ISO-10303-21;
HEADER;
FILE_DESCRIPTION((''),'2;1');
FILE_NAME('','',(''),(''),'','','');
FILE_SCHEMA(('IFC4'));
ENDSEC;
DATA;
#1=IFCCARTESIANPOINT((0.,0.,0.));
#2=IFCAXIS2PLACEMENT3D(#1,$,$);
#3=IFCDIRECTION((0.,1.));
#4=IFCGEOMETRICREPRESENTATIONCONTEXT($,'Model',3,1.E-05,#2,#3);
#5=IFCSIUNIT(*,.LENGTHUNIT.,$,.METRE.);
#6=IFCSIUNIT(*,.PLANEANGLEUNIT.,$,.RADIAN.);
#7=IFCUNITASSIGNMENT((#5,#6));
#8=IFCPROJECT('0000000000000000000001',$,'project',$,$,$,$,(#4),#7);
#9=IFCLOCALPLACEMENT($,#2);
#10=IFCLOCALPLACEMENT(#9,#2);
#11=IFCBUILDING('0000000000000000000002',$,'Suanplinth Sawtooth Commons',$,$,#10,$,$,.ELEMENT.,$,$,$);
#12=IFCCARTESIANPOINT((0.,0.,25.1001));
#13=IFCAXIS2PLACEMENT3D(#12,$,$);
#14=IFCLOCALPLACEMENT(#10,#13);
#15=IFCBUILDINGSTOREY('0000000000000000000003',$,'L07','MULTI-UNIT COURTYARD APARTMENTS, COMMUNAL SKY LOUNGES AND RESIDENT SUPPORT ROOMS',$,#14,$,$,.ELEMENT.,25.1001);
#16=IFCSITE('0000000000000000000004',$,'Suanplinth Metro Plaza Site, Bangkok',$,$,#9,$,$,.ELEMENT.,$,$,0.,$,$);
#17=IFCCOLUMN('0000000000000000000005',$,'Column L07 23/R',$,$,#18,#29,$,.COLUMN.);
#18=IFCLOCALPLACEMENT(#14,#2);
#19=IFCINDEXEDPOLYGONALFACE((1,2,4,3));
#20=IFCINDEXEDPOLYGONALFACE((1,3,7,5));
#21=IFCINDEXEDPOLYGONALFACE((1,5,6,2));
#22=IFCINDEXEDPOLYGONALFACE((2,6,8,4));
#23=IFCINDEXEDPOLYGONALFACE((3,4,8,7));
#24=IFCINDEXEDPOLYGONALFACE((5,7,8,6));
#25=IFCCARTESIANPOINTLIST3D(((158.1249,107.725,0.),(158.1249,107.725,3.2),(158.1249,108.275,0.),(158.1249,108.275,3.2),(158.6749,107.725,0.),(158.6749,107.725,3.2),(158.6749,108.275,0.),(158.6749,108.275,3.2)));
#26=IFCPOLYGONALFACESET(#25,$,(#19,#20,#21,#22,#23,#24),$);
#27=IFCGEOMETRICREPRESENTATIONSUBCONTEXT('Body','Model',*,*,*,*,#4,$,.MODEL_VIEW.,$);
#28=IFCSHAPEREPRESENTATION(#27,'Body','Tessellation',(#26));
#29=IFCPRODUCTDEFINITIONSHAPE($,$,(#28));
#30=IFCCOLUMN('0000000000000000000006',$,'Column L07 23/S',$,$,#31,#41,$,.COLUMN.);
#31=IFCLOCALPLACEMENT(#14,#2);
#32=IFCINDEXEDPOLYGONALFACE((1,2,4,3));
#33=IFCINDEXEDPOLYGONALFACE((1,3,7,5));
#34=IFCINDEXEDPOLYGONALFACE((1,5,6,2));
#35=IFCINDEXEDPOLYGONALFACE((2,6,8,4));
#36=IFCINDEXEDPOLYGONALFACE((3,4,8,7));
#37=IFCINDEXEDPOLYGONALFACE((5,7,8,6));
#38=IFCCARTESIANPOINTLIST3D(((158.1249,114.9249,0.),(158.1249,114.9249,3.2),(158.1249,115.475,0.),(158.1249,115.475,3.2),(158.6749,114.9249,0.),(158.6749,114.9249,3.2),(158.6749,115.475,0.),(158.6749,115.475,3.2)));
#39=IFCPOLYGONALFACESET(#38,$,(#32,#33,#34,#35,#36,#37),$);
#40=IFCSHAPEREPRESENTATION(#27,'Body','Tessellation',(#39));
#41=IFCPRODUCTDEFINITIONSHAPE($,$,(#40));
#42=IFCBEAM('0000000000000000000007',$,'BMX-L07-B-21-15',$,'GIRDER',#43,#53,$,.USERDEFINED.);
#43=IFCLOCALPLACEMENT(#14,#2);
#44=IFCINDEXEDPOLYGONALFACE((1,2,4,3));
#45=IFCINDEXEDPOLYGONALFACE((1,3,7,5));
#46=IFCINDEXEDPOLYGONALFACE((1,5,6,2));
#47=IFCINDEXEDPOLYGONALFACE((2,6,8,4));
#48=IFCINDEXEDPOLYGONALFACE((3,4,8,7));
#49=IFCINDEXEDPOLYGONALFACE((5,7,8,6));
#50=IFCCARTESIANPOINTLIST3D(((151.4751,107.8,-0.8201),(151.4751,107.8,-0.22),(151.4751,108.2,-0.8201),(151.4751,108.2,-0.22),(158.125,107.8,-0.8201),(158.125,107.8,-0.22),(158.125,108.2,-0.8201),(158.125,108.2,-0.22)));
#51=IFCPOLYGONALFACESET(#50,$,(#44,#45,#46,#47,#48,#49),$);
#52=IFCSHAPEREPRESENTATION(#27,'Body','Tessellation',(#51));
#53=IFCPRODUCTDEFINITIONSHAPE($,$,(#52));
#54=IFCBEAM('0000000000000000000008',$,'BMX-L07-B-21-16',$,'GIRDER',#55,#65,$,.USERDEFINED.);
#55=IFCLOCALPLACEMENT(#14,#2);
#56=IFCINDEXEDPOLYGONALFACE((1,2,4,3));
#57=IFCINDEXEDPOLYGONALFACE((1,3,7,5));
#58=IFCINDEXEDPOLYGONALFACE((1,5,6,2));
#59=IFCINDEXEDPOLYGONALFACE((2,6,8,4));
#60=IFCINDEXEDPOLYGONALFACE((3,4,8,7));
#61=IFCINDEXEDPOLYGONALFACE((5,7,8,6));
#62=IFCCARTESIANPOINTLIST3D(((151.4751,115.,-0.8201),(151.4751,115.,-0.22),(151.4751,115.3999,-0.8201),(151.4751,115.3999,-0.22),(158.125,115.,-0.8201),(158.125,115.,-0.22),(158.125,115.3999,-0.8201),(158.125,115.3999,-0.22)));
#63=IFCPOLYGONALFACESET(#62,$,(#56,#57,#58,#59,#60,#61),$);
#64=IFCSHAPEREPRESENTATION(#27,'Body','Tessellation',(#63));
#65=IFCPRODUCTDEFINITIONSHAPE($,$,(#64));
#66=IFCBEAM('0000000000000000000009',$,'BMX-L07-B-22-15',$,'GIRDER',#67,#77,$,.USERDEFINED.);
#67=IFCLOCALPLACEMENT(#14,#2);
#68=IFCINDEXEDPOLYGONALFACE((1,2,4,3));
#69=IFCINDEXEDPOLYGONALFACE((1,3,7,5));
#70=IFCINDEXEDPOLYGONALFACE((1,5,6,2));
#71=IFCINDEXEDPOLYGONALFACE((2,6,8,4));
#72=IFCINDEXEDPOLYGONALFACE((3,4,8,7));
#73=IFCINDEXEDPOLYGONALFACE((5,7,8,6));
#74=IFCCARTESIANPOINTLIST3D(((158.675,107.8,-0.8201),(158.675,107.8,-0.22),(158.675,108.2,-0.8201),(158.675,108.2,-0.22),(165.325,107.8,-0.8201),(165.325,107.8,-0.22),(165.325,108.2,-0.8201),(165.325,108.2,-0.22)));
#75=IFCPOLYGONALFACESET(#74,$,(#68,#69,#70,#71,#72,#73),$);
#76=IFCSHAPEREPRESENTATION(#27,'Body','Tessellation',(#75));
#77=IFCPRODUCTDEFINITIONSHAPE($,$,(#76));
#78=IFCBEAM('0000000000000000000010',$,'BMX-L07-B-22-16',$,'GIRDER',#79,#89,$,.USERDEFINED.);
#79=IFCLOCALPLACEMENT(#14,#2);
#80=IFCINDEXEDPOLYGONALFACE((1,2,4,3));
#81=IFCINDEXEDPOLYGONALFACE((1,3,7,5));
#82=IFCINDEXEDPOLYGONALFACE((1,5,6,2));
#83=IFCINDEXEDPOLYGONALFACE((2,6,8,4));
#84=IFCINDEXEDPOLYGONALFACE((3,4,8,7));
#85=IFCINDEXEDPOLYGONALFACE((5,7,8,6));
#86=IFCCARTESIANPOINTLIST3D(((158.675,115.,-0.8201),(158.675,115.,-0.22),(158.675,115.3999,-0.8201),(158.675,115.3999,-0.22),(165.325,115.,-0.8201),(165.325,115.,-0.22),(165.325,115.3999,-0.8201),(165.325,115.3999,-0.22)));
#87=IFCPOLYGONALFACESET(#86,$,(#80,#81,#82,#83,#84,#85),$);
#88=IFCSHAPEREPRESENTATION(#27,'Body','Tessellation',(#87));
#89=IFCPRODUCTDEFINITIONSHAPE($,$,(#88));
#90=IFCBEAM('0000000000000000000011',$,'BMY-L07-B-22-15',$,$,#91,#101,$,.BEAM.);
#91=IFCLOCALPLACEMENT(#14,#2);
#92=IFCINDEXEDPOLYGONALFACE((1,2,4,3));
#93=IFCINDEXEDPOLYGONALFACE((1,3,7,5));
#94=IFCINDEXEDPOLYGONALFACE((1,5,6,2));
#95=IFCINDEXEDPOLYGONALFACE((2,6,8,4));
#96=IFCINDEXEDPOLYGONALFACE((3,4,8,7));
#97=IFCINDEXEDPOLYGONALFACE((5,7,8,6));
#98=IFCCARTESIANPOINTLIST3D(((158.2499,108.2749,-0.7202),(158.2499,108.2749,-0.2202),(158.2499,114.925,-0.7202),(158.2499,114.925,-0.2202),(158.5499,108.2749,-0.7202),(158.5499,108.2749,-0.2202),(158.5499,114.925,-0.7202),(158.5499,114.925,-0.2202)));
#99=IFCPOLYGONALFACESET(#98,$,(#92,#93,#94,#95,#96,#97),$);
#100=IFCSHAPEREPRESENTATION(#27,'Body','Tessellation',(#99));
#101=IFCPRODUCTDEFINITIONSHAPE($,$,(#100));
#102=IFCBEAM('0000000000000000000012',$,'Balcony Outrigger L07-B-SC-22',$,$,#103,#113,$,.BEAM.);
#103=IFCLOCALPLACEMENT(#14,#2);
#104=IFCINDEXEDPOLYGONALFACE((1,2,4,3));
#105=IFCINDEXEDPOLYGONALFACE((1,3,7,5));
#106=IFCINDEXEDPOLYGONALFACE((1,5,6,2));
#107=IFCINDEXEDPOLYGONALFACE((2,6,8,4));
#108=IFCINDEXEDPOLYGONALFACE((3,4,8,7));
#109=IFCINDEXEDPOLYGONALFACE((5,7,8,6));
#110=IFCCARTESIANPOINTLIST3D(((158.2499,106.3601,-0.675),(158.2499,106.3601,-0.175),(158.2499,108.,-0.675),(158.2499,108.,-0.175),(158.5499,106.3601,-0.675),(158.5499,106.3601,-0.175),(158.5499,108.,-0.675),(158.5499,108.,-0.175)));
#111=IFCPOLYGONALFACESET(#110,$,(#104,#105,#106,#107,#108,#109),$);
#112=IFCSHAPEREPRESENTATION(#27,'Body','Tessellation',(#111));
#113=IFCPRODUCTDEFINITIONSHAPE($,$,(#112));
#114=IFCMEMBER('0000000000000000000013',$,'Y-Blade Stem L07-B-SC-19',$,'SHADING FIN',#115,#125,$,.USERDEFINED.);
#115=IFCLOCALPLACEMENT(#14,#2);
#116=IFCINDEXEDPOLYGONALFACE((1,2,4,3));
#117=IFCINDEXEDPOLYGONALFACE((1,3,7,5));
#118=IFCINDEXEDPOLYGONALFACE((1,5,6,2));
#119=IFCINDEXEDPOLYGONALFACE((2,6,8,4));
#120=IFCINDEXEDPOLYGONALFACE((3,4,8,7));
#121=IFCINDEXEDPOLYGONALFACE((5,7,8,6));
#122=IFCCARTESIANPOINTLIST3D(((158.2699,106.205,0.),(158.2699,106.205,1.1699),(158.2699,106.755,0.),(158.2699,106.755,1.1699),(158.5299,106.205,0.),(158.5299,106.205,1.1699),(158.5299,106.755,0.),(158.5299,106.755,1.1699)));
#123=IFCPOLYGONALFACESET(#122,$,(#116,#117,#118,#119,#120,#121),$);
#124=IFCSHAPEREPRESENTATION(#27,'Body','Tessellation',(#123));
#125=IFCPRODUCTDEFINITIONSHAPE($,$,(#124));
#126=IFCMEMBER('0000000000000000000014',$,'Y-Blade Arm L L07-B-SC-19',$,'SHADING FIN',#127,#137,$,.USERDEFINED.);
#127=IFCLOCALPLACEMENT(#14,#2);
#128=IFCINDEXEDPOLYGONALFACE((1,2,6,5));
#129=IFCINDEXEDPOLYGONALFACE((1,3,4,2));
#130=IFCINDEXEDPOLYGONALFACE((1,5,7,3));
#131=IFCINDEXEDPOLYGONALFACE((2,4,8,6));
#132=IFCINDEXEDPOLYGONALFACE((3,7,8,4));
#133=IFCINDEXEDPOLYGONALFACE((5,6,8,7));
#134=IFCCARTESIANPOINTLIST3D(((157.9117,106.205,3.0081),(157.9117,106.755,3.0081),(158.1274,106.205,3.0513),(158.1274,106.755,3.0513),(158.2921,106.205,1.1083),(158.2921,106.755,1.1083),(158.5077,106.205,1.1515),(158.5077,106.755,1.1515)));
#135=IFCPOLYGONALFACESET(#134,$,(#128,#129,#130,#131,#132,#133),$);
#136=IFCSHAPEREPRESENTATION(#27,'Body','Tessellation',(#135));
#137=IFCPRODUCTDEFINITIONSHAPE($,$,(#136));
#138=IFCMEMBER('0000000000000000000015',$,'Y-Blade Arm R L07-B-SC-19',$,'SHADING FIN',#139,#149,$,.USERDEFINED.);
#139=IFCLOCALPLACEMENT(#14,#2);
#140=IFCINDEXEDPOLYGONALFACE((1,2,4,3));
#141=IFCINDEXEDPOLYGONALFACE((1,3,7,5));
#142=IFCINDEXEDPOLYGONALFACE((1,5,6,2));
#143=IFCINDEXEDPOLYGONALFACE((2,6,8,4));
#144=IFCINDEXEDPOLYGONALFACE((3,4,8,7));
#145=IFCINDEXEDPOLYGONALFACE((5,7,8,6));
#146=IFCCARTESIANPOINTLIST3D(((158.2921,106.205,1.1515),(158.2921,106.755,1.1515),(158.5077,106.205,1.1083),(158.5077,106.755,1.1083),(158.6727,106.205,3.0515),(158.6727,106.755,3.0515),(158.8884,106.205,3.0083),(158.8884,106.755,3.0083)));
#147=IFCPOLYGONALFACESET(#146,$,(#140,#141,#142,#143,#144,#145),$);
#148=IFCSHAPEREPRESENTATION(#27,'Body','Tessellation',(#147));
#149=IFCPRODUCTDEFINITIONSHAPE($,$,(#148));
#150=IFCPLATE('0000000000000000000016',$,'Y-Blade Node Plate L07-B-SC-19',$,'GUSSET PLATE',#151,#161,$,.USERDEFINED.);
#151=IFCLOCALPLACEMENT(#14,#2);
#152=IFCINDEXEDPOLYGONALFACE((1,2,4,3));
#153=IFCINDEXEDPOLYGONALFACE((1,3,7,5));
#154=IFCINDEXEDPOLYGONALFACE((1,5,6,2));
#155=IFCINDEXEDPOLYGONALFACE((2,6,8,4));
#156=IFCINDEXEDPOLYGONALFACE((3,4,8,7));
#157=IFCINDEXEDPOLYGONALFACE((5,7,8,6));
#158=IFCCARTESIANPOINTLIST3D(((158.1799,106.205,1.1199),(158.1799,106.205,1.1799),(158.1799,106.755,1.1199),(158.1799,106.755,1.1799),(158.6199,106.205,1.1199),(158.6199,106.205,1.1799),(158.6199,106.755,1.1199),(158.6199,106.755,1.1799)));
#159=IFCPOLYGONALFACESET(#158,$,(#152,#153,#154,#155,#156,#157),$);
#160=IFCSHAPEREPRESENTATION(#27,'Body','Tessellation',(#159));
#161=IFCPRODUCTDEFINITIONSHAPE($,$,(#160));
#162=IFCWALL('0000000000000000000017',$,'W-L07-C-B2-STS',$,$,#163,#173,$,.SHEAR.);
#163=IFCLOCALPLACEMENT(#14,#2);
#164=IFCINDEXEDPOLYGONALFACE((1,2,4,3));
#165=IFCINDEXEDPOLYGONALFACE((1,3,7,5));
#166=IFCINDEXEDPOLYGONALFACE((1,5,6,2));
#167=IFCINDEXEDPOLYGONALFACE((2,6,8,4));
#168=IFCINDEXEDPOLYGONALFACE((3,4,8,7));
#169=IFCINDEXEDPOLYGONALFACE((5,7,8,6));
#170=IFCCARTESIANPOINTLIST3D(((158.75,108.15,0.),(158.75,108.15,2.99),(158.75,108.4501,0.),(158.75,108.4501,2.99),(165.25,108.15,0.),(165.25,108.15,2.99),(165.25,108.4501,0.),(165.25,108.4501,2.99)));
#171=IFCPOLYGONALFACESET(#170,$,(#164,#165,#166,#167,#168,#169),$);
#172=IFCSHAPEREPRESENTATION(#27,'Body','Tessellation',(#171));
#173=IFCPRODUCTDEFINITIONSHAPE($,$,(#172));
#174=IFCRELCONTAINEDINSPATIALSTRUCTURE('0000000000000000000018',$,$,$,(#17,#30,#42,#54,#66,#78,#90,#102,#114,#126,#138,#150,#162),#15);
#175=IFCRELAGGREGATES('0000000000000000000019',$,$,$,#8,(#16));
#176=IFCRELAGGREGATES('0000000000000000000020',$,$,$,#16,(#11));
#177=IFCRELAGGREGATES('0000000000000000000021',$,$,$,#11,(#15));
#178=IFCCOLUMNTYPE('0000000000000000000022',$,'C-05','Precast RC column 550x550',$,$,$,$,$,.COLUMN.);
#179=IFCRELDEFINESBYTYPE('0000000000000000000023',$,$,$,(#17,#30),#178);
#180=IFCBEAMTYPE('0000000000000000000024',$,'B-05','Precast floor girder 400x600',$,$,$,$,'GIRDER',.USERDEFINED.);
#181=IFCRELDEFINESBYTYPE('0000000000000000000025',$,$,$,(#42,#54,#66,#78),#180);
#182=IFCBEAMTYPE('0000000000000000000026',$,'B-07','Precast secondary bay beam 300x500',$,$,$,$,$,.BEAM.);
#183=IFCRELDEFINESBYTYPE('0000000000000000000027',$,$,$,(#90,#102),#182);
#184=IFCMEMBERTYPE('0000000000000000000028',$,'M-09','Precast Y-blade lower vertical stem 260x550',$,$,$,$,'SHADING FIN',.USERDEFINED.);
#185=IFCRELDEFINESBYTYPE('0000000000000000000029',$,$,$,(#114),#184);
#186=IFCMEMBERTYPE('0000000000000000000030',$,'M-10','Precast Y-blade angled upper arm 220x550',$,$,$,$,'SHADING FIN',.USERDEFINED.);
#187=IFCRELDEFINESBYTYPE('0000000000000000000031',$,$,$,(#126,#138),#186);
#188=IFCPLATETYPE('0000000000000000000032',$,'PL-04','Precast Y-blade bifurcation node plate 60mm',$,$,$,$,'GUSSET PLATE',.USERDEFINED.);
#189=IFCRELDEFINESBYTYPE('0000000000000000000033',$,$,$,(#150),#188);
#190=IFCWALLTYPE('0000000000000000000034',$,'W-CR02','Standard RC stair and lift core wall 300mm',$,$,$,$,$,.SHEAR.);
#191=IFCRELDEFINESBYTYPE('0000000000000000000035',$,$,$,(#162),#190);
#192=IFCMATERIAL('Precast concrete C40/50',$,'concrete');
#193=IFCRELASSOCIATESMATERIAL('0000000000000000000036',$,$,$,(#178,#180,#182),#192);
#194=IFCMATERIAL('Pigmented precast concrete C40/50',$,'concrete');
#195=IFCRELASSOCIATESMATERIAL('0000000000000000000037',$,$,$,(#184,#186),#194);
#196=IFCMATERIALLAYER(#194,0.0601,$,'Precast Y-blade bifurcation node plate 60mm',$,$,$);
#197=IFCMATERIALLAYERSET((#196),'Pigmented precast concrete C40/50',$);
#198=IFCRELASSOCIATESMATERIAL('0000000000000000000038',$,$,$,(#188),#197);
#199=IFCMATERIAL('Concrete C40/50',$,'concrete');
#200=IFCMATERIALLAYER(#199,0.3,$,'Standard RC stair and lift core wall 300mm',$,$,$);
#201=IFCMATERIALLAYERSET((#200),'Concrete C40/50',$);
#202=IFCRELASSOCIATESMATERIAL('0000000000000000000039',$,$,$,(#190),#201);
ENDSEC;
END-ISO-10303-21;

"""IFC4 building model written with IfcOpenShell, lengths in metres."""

from ifc_helpers import new_model, si_unit, direction, frame, frame_2d, origin, origin_2d, place, context, subcontext, project, spatial, rectangle, extrude, material, layer, layer_set, material_profile, profile_set, type_object, element, save


model = new_model("IFC4")

# Units and contexts
model_context = context("Model", 3, precision=1e-05, world=origin(), true_north=direction((0.0, 1.0)))
body_context = subcontext(model_context, "Body", "Model", "MODEL_VIEW")
ifc_project = project(units=[si_unit("LENGTHUNIT", "METRE"), si_unit("PLANEANGLEUNIT", "RADIAN")], contexts=[model_context])

# Site, building, storey
site_placement = place(None, origin())
site = spatial("IfcSite", under=ifc_project, at=site_placement, Name="Suanplinth Metro Plaza Site, Bangkok", CompositionType="ELEMENT", RefElevation=0.0)
building_placement = place(site_placement, origin())
building = spatial("IfcBuilding", under=site, at=building_placement, Name="Suanplinth Sawtooth Commons", CompositionType="ELEMENT")
storey_placement = place(building_placement, frame((0.0, 0.0, 25.1001)))
storey = spatial("IfcBuildingStorey", under=building, at=storey_placement, Name="L07", Description="MULTI-UNIT COURTYARD APARTMENTS, COMMUNAL SKY LOUNGES AND RESIDENT SUPPORT ROOMS", CompositionType="ELEMENT", Elevation=25.1001)

# Columns
ifc_material_1 = material(Name="Precast concrete C40/50", Category="concrete")
ifc_material_profile_1 = material_profile(ifc_material_1, rectangle(XDim=0.55, YDim=0.55, at=origin_2d()), Name="PC-COL 550x550")
ifc_profile_set_1 = profile_set([ifc_material_profile_1], Name="Precast concrete C40/50")
column_type = type_object("IfcColumnType", Name="C-05", Description="Precast RC column 550x550", PredefinedType="COLUMN", material=ifc_profile_set_1)
for number, where, z_axis, x_axis, name in (
    (1, (158.3999, 108.0, 0.0), (0.0, 0.0, 1.0), (1.0, 0.0, 0.0), "Column L07 23/R"),
    (2, (158.3999, 115.2, 0.0), (0.0, 0.0, 1.0), (1.0, 0.0, 0.0), "Column L07 23/S"),
):
    element("IfcColumn", number, at=place(storey_placement, frame(where, z_axis=z_axis, x_axis=x_axis)), inside=storey, type_object=column_type, Name=name, PredefinedType="COLUMN", context=body_context, shape_type="SweptSolid", body=[
        extrude(rectangle(XDim=0.55, YDim=0.55, at=origin_2d()), origin(), (0.0, 0.0, 1.0), 3.2),
    ])

# Beams
ifc_material_profile_2 = material_profile(ifc_material_1, rectangle(XDim=0.3999, YDim=0.6001, at=origin_2d()), Name="PC-GDR 400x600")
ifc_profile_set_2 = profile_set([ifc_material_profile_2], Name="Precast concrete C40/50")
beam_type_1 = type_object("IfcBeamType", Name="B-05", Description="Precast floor girder 400x600", ElementType="GIRDER", PredefinedType="USERDEFINED", material=ifc_profile_set_2)
for number, where, z_axis, x_axis, name in (
    (3, (151.4751, 108.0, -0.52), (1.0, 0.0, 0.0), (0.0, 1.0, 0.0), "BMX-L07-B-21-15"),
    (4, (151.4751, 115.2, -0.52), (1.0, 0.0, 0.0), (0.0, 1.0, 0.0), "BMX-L07-B-21-16"),
    (5, (158.675, 108.0, -0.52), (1.0, 0.0, 0.0), (0.0, 1.0, 0.0), "BMX-L07-B-22-15"),
    (6, (158.675, 115.2, -0.52), (1.0, 0.0, 0.0), (0.0, 1.0, 0.0), "BMX-L07-B-22-16"),
):
    element("IfcBeam", number, at=place(storey_placement, frame(where, z_axis=z_axis, x_axis=x_axis)), inside=storey, type_object=beam_type_1, Name=name, ObjectType="GIRDER", PredefinedType="USERDEFINED", context=body_context, shape_type="SweptSolid", body=[
        extrude(rectangle(XDim=0.3999, YDim=0.6001, at=origin_2d()), origin(), (0.0, 0.0, 1.0), 6.6499),
    ])
ifc_material_profile_3 = material_profile(ifc_material_1, rectangle(XDim=0.3, YDim=0.5, at=origin_2d()), Name="PC-BM 300x500")
ifc_profile_set_3 = profile_set([ifc_material_profile_3], Name="Precast concrete C40/50")
beam_type_2 = type_object("IfcBeamType", Name="B-07", Description="Precast secondary bay beam 300x500", PredefinedType="BEAM", material=ifc_profile_set_3)
beam_1_placement = place(storey_placement, frame((158.3999, 108.2749, -0.4702), z_axis=(0.0, 1.0, 0.0), x_axis=(-1.0, 0.0, 0.0)))
element("IfcBeam", 7, at=beam_1_placement, inside=storey, type_object=beam_type_2, Name="BMY-L07-B-22-15", PredefinedType="BEAM", context=body_context, shape_type="SweptSolid", body=[
    extrude(rectangle(XDim=0.3, YDim=0.5, at=origin_2d()), origin(), (0.0, 0.0, 1.0), 6.6501),
])
beam_2_placement = place(storey_placement, frame((158.3999, 108.0, -0.425), z_axis=(0.0, -1.0, 0.0), x_axis=(1.0, 0.0, 0.0)))
element("IfcBeam", 8, at=beam_2_placement, inside=storey, type_object=beam_type_2, Name="Balcony Outrigger L07-B-SC-22", PredefinedType="BEAM", context=body_context, shape_type="SweptSolid", body=[
    extrude(rectangle(XDim=0.3, YDim=0.5, at=origin_2d()), origin(), (0.0, 0.0, 1.0), 1.6399),
])

# Members
ifc_material_2 = material(Name="Pigmented precast concrete C40/50", Category="concrete")
ifc_material_profile_4 = material_profile(ifc_material_2, rectangle(XDim=0.26, YDim=0.55, at=origin_2d()), Name="PC-FIN 260x550")
ifc_profile_set_4 = profile_set([ifc_material_profile_4], Name="Pigmented precast concrete C40/50")
member_type_1 = type_object("IfcMemberType", Name="M-09", Description="Precast Y-blade lower vertical stem 260x550", ElementType="SHADING FIN", PredefinedType="USERDEFINED", material=ifc_profile_set_4)
member_1_placement = place(storey_placement, frame((158.3999, 106.48, 0.0), z_axis=(0.0, 0.0, 1.0), x_axis=(1.0, 0.0, 0.0)))
element("IfcMember", 9, at=member_1_placement, inside=storey, type_object=member_type_1, Name="Y-Blade Stem L07-B-SC-19", ObjectType="SHADING FIN", PredefinedType="USERDEFINED", context=body_context, shape_type="SweptSolid", body=[
    extrude(rectangle(XDim=0.26, YDim=0.55, at=origin_2d()), origin(), (0.0, 0.0, 1.0), 1.1699),
])
ifc_material_profile_5 = material_profile(ifc_material_2, rectangle(XDim=0.22, YDim=0.55, at=origin_2d()), Name="PC-FIN 220x550")
ifc_profile_set_5 = profile_set([ifc_material_profile_5], Name="Pigmented precast concrete C40/50")
member_type_2 = type_object("IfcMemberType", Name="M-10", Description="Precast Y-blade angled upper arm 220x550", ElementType="SHADING FIN", PredefinedType="USERDEFINED", material=ifc_profile_set_5)
member_2_placement = place(storey_placement, frame((158.3999, 106.48, 1.1299), z_axis=(-0.19631, 0.0, 0.980542), x_axis=(0.980542, 0.0, 0.19631)))
element("IfcMember", 10, at=member_2_placement, inside=storey, type_object=member_type_2, Name="Y-Blade Arm L L07-B-SC-19", ObjectType="SHADING FIN", PredefinedType="USERDEFINED", context=body_context, shape_type="SweptSolid", body=[
    extrude(rectangle(XDim=0.22, YDim=0.55, at=origin_2d()), origin(), (0.0, 0.0, 1.0), 1.9375),
])
member_3_placement = place(storey_placement, frame((158.3999, 106.48, 1.1299), z_axis=(0.196431, 0.0, 0.980518), x_axis=(-0.980518, 0.0, 0.196431)))
element("IfcMember", 11, at=member_3_placement, inside=storey, type_object=member_type_2, Name="Y-Blade Arm R L07-B-SC-19", ObjectType="SHADING FIN", PredefinedType="USERDEFINED", context=body_context, shape_type="SweptSolid", body=[
    extrude(rectangle(XDim=0.22, YDim=0.55, at=origin_2d()), origin(), (0.0, 0.0, 1.0), 1.9377),
])

# Plate
ifc_layer_1 = layer(ifc_material_2, 0.0601, Name="Precast Y-blade bifurcation node plate 60mm")
ifc_layer_set_1 = layer_set([ifc_layer_1], Name="Pigmented precast concrete C40/50")
plate_type = type_object("IfcPlateType", Name="PL-04", Description="Precast Y-blade bifurcation node plate 60mm", ElementType="GUSSET PLATE", PredefinedType="USERDEFINED", material=ifc_layer_set_1)
plate_placement = place(storey_placement, frame((158.3999, 106.48, 1.1199), z_axis=(0.0, 0.0, 1.0), x_axis=(1.0, 0.0, 0.0)))
element("IfcPlate", 12, at=plate_placement, inside=storey, type_object=plate_type, Name="Y-Blade Node Plate L07-B-SC-19", ObjectType="GUSSET PLATE", PredefinedType="USERDEFINED", context=body_context, shape_type="SweptSolid", body=[
    extrude(rectangle(XDim=0.4399, YDim=0.55, at=origin_2d()), origin(), (0.0, 0.0, 1.0), 0.0601),
])

# Wall
ifc_material_3 = material(Name="Concrete C40/50", Category="concrete")
ifc_layer_2 = layer(ifc_material_3, 0.3, Name="Standard RC stair and lift core wall 300mm")
ifc_layer_set_2 = layer_set([ifc_layer_2], Name="Concrete C40/50")
wall_type_1 = type_object("IfcWallType", Name="W-CR02", Description="Standard RC stair and lift core wall 300mm", PredefinedType="SHEAR", material=ifc_layer_set_2)
wall_1_placement = place(storey_placement, frame((158.75, 108.3, 0.0), z_axis=(0.0, 0.0, 1.0), x_axis=(1.0, 0.0, 0.0)))
element("IfcWall", 13, at=wall_1_placement, inside=storey, type_object=wall_type_1, Name="W-L07-C-B2-STS", PredefinedType="SHEAR", context=body_context, shape_type="SweptSolid", body=[
    extrude(rectangle(XDim=6.5, YDim=0.3, at=frame_2d((3.25, 0.0))), origin(), (0.0, 0.0, 1.0), 2.99),
])

save(model, "model.ifc")
